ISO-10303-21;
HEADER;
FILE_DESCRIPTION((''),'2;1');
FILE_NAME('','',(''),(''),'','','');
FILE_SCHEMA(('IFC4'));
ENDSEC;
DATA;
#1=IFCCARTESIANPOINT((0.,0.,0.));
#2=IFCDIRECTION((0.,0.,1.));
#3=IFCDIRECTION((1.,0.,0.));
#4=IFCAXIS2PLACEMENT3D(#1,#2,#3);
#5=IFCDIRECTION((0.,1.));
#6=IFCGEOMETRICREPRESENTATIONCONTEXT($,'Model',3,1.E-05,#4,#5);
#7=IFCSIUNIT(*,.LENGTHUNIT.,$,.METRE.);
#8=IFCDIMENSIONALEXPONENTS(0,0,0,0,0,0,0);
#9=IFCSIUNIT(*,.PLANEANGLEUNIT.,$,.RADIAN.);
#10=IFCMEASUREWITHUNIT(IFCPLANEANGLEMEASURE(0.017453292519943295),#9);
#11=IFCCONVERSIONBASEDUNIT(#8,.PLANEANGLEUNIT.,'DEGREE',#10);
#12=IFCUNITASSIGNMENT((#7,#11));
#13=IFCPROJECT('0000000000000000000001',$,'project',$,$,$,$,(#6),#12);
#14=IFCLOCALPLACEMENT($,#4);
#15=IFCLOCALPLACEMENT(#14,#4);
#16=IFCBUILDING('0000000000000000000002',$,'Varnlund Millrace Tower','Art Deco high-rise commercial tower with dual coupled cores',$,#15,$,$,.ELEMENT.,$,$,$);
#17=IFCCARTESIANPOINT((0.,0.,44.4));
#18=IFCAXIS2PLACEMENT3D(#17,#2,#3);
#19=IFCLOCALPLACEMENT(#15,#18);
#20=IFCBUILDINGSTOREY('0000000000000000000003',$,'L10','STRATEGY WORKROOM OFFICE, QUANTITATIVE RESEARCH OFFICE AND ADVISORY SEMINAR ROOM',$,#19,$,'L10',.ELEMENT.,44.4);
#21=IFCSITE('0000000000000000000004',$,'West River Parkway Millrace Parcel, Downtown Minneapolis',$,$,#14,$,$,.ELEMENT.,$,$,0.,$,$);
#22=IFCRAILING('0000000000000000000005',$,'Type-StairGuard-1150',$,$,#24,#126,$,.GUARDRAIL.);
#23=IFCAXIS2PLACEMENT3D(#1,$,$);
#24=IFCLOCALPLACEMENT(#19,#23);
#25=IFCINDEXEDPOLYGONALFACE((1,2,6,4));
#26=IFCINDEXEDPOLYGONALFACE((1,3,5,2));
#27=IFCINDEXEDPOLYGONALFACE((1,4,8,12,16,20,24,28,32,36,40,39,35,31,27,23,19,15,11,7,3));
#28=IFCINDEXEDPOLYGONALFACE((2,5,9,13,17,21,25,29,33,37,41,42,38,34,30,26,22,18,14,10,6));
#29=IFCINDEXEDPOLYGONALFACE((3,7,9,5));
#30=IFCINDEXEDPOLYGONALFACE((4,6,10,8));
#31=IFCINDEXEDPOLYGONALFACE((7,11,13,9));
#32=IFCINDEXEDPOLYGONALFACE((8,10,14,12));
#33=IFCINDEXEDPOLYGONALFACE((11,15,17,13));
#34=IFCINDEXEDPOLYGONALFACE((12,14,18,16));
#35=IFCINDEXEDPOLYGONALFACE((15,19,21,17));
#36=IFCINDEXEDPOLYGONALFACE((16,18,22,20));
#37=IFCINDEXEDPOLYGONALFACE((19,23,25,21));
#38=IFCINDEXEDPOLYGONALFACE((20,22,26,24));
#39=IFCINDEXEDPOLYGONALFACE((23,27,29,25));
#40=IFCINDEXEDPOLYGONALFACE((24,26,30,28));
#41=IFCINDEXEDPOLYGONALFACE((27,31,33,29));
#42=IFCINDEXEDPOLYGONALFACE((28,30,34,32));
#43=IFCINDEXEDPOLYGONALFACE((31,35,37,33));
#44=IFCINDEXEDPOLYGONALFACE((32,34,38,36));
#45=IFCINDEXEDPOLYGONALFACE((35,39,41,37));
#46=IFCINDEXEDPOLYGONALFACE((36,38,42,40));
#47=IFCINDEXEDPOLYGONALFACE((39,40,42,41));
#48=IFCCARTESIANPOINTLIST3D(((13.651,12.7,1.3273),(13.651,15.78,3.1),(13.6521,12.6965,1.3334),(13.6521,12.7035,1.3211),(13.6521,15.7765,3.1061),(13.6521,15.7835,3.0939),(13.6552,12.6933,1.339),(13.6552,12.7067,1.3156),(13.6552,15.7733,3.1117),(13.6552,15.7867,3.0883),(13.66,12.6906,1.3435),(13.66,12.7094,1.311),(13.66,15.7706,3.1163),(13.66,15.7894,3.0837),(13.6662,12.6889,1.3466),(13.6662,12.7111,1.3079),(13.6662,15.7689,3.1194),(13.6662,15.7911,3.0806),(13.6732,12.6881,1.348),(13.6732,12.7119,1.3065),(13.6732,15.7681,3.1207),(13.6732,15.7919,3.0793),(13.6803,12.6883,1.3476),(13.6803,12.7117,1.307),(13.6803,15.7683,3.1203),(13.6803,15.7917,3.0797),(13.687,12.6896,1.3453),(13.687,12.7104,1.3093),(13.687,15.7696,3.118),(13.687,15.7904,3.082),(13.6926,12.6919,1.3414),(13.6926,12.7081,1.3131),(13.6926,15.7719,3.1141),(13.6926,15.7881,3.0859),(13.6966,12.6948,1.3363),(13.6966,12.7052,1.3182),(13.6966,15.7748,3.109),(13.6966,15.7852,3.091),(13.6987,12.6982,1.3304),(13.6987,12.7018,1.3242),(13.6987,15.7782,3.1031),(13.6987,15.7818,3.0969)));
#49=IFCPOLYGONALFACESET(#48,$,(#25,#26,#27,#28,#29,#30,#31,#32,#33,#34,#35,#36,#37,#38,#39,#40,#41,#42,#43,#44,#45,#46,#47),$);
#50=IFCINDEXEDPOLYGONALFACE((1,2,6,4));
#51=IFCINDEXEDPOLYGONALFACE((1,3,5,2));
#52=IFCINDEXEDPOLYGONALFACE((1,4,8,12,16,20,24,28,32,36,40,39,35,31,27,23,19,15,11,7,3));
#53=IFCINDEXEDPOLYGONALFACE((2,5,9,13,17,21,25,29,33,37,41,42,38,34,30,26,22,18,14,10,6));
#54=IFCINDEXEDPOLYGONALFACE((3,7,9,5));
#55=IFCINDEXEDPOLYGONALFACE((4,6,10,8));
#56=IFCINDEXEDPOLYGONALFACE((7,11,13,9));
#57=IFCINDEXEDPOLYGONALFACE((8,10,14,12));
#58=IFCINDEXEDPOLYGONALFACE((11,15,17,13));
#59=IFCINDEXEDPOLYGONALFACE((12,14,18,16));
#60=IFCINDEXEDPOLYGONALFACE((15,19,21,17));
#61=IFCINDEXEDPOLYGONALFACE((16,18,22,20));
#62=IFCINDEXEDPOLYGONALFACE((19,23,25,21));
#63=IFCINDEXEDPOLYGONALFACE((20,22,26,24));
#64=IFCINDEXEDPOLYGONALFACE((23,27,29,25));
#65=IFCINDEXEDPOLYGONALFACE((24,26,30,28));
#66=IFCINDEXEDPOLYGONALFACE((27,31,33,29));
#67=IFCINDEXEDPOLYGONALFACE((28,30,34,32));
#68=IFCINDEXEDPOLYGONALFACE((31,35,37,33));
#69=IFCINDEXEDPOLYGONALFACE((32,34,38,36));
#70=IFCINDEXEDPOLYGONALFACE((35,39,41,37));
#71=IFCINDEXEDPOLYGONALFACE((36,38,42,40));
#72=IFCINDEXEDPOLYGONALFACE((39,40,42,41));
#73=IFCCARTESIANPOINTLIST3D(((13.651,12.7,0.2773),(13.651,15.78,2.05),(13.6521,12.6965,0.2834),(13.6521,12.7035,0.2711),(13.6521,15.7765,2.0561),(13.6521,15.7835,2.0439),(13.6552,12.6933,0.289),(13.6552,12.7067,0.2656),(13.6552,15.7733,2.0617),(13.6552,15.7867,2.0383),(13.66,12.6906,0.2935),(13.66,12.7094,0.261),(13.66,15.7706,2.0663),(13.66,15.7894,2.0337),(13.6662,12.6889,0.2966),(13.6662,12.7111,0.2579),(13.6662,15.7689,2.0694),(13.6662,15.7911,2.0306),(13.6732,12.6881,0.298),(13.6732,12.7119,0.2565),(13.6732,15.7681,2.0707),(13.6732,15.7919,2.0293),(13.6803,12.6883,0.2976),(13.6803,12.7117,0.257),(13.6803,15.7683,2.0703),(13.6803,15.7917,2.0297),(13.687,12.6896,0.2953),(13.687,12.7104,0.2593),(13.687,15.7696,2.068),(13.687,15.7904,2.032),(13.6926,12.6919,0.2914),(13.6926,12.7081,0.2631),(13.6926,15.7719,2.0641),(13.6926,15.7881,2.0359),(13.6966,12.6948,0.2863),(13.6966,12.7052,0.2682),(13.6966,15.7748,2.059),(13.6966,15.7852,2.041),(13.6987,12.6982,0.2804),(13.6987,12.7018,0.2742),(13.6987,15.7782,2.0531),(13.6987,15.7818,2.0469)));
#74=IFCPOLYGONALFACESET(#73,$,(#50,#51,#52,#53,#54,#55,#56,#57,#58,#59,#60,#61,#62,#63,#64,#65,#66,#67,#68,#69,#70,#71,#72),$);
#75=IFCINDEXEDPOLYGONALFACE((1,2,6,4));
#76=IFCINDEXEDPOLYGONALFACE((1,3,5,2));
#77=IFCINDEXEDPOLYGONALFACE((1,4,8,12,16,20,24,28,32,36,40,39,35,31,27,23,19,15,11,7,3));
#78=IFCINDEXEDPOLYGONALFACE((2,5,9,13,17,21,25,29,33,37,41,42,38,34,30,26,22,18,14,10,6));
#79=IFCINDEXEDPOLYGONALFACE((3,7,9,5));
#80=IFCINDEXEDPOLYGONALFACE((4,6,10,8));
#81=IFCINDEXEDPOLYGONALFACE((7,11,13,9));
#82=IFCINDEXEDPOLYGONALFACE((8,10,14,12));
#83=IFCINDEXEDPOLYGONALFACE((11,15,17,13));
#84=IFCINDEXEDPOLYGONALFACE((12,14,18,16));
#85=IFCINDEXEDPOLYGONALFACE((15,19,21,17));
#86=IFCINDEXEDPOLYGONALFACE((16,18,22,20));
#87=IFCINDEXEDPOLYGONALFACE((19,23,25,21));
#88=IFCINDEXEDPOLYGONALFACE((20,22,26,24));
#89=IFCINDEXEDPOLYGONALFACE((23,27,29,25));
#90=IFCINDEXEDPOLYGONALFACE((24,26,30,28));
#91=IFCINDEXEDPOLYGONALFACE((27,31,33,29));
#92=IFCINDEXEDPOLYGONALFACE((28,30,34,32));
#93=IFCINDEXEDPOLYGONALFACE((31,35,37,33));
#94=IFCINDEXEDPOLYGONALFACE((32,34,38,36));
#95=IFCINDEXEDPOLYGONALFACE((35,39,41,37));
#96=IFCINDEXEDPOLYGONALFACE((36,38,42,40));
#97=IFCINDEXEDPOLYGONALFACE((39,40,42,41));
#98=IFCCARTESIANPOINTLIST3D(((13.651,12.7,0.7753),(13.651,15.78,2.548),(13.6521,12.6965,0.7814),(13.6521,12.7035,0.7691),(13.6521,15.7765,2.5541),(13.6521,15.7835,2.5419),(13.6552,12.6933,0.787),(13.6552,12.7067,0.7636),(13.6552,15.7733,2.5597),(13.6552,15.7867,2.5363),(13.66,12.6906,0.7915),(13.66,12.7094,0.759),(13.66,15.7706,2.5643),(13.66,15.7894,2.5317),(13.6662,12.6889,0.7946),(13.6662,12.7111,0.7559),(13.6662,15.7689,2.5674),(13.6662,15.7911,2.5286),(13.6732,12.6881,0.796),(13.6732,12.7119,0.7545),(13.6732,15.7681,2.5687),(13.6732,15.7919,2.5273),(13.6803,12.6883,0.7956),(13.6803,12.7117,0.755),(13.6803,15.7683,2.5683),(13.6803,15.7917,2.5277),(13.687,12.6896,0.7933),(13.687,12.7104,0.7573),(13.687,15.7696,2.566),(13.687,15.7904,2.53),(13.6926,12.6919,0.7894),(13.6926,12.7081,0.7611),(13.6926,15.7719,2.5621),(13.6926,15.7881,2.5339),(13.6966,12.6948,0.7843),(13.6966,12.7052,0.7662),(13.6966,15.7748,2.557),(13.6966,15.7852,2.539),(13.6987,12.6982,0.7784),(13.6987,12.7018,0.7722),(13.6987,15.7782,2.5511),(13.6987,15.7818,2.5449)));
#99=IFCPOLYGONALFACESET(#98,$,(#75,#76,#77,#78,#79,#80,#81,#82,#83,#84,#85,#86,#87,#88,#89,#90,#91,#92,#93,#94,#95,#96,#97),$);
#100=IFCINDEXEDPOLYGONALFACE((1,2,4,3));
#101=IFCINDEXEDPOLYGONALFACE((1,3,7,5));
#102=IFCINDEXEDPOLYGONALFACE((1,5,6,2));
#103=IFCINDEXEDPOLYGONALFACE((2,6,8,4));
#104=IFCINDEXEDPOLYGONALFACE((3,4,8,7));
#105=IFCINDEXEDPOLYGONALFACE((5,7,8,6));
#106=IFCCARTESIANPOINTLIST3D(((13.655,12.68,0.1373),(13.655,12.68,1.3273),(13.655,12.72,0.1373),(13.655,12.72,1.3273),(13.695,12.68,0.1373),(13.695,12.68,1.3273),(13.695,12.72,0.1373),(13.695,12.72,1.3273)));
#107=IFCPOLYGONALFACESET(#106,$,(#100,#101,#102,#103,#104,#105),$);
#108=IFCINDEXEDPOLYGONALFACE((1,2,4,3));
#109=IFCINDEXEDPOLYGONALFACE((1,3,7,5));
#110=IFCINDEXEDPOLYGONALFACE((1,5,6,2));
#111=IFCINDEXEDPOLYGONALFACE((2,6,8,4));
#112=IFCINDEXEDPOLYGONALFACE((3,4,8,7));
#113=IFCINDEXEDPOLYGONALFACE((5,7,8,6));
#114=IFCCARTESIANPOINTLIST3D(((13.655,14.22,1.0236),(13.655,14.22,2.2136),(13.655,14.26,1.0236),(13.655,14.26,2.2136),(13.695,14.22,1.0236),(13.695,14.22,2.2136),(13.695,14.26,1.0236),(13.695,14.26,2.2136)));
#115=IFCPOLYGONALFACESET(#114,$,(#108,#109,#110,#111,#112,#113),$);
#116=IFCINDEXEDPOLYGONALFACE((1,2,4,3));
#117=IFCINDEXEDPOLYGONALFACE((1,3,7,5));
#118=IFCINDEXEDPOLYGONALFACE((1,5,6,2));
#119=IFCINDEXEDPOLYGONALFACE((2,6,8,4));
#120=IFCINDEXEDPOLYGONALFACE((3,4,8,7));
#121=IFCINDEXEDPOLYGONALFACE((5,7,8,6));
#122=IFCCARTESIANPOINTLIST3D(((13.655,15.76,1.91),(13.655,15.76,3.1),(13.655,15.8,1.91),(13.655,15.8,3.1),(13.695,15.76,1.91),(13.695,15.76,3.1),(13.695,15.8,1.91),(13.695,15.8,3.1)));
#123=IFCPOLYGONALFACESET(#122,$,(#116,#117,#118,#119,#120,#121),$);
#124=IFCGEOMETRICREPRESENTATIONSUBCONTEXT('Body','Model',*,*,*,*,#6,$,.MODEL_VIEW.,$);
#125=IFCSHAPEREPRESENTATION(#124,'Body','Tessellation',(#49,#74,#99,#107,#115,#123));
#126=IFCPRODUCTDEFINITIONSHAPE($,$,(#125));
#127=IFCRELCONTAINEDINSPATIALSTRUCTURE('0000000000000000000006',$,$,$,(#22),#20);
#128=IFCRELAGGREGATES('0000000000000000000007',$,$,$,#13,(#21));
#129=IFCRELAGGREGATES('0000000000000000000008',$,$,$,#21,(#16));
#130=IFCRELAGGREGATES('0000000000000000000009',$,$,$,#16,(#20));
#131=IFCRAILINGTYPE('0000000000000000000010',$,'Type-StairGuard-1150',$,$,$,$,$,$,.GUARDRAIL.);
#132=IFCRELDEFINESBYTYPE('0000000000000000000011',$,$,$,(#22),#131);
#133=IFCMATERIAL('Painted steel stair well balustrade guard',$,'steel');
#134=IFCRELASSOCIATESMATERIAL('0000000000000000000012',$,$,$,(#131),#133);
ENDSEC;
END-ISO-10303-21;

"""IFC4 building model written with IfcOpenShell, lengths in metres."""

from ifc_helpers import new_model, entity, si_unit, converted_unit, direction, frame, origin_with_axes, origin_2d_with_axis, place, context, subcontext, project, spatial, rectangle, circle, extrude, material, type_object, element, save


model = new_model("IFC4")

# Units and contexts
model_context = context("Model", 3, precision=1e-05, world=origin_with_axes(), true_north=direction((0.0, 1.0)))
body_context = subcontext(model_context, "Body", "Model", "MODEL_VIEW")
ifc_project = project(units=[si_unit("LENGTHUNIT", "METRE"), converted_unit("PLANEANGLEUNIT", "DEGREE", entity("IfcPlaneAngleMeasure", 0.017453292519943295), si_unit("PLANEANGLEUNIT", "RADIAN"), dimensions=[0, 0, 0, 0, 0, 0, 0])], contexts=[model_context])

# Site, building, storey
site_placement = place(None, origin_with_axes())
site = spatial("IfcSite", under=ifc_project, at=site_placement, Name="West River Parkway Millrace Parcel, Downtown Minneapolis", CompositionType="ELEMENT", RefElevation=0.0)
building_placement = place(site_placement, origin_with_axes())
building = spatial("IfcBuilding", under=site, at=building_placement, Name="Varnlund Millrace Tower", Description="Art Deco high-rise commercial tower with dual coupled cores", CompositionType="ELEMENT")
storey_placement = place(building_placement, frame((0.0, 0.0, 44.4), z_axis=(0.0, 0.0, 1.0), x_axis=(1.0, 0.0, 0.0)))
storey = spatial("IfcBuildingStorey", under=building, at=storey_placement, Name="L10", Description="STRATEGY WORKROOM OFFICE, QUANTITATIVE RESEARCH OFFICE AND ADVISORY SEMINAR ROOM", LongName="L10", CompositionType="ELEMENT", Elevation=44.4)

# Railing
ifc_material_1 = material(Name="Painted steel stair well balustrade guard", Category="steel")
railing_type_1 = type_object("IfcRailingType", Name="Type-StairGuard-1150", PredefinedType="GUARDRAIL", material=ifc_material_1)
railing_1_placement = place(storey_placement, frame((0.0, 0.0, -44.4), z_axis=(0.0, 0.0, 1.0), x_axis=(1.0, 0.0, 0.0)))
element("IfcRailing", 1, at=railing_1_placement, inside=storey, type_object=railing_type_1, Name="Type-StairGuard-1150", PredefinedType="GUARDRAIL", context=body_context, shape_type="SweptSolid", body=[
    extrude(circle(Radius=0.024, at=origin_2d_with_axis()), frame((13.675, 12.7, 45.7273), z_axis=(0.0, 0.866696, 0.498836), x_axis=(-1.0, 0.0, 0.0)), (0.0, 0.0, 1.0), 3.5537),
    extrude(circle(Radius=0.024, at=origin_2d_with_axis()), frame((13.675, 12.7, 44.6773), z_axis=(0.0, 0.866696, 0.498836), x_axis=(-1.0, 0.0, 0.0)), (0.0, 0.0, 1.0), 3.5537),
    extrude(circle(Radius=0.024, at=origin_2d_with_axis()), frame((13.675, 12.7, 45.1753), z_axis=(0.0, 0.866696, 0.498836), x_axis=(-1.0, 0.0, 0.0)), (0.0, 0.0, 1.0), 3.5537),
    extrude(rectangle(XDim=0.04, YDim=0.04, at=origin_2d_with_axis()), frame((13.675, 12.7, 44.5373), z_axis=(0.0, 0.0, 1.0), x_axis=(1.0, 0.0, 0.0)), (0.0, 0.0, 1.0), 1.19),
    extrude(rectangle(XDim=0.04, YDim=0.04, at=origin_2d_with_axis()), frame((13.675, 14.24, 45.4236), z_axis=(0.0, 0.0, 1.0), x_axis=(1.0, 0.0, 0.0)), (0.0, 0.0, 1.0), 1.19),
    extrude(rectangle(XDim=0.04, YDim=0.04, at=origin_2d_with_axis()), frame((13.675, 15.78, 46.31), z_axis=(0.0, 0.0, 1.0), x_axis=(1.0, 0.0, 0.0)), (0.0, 0.0, 1.0), 1.19),
])

save(model, "model.ifc")
